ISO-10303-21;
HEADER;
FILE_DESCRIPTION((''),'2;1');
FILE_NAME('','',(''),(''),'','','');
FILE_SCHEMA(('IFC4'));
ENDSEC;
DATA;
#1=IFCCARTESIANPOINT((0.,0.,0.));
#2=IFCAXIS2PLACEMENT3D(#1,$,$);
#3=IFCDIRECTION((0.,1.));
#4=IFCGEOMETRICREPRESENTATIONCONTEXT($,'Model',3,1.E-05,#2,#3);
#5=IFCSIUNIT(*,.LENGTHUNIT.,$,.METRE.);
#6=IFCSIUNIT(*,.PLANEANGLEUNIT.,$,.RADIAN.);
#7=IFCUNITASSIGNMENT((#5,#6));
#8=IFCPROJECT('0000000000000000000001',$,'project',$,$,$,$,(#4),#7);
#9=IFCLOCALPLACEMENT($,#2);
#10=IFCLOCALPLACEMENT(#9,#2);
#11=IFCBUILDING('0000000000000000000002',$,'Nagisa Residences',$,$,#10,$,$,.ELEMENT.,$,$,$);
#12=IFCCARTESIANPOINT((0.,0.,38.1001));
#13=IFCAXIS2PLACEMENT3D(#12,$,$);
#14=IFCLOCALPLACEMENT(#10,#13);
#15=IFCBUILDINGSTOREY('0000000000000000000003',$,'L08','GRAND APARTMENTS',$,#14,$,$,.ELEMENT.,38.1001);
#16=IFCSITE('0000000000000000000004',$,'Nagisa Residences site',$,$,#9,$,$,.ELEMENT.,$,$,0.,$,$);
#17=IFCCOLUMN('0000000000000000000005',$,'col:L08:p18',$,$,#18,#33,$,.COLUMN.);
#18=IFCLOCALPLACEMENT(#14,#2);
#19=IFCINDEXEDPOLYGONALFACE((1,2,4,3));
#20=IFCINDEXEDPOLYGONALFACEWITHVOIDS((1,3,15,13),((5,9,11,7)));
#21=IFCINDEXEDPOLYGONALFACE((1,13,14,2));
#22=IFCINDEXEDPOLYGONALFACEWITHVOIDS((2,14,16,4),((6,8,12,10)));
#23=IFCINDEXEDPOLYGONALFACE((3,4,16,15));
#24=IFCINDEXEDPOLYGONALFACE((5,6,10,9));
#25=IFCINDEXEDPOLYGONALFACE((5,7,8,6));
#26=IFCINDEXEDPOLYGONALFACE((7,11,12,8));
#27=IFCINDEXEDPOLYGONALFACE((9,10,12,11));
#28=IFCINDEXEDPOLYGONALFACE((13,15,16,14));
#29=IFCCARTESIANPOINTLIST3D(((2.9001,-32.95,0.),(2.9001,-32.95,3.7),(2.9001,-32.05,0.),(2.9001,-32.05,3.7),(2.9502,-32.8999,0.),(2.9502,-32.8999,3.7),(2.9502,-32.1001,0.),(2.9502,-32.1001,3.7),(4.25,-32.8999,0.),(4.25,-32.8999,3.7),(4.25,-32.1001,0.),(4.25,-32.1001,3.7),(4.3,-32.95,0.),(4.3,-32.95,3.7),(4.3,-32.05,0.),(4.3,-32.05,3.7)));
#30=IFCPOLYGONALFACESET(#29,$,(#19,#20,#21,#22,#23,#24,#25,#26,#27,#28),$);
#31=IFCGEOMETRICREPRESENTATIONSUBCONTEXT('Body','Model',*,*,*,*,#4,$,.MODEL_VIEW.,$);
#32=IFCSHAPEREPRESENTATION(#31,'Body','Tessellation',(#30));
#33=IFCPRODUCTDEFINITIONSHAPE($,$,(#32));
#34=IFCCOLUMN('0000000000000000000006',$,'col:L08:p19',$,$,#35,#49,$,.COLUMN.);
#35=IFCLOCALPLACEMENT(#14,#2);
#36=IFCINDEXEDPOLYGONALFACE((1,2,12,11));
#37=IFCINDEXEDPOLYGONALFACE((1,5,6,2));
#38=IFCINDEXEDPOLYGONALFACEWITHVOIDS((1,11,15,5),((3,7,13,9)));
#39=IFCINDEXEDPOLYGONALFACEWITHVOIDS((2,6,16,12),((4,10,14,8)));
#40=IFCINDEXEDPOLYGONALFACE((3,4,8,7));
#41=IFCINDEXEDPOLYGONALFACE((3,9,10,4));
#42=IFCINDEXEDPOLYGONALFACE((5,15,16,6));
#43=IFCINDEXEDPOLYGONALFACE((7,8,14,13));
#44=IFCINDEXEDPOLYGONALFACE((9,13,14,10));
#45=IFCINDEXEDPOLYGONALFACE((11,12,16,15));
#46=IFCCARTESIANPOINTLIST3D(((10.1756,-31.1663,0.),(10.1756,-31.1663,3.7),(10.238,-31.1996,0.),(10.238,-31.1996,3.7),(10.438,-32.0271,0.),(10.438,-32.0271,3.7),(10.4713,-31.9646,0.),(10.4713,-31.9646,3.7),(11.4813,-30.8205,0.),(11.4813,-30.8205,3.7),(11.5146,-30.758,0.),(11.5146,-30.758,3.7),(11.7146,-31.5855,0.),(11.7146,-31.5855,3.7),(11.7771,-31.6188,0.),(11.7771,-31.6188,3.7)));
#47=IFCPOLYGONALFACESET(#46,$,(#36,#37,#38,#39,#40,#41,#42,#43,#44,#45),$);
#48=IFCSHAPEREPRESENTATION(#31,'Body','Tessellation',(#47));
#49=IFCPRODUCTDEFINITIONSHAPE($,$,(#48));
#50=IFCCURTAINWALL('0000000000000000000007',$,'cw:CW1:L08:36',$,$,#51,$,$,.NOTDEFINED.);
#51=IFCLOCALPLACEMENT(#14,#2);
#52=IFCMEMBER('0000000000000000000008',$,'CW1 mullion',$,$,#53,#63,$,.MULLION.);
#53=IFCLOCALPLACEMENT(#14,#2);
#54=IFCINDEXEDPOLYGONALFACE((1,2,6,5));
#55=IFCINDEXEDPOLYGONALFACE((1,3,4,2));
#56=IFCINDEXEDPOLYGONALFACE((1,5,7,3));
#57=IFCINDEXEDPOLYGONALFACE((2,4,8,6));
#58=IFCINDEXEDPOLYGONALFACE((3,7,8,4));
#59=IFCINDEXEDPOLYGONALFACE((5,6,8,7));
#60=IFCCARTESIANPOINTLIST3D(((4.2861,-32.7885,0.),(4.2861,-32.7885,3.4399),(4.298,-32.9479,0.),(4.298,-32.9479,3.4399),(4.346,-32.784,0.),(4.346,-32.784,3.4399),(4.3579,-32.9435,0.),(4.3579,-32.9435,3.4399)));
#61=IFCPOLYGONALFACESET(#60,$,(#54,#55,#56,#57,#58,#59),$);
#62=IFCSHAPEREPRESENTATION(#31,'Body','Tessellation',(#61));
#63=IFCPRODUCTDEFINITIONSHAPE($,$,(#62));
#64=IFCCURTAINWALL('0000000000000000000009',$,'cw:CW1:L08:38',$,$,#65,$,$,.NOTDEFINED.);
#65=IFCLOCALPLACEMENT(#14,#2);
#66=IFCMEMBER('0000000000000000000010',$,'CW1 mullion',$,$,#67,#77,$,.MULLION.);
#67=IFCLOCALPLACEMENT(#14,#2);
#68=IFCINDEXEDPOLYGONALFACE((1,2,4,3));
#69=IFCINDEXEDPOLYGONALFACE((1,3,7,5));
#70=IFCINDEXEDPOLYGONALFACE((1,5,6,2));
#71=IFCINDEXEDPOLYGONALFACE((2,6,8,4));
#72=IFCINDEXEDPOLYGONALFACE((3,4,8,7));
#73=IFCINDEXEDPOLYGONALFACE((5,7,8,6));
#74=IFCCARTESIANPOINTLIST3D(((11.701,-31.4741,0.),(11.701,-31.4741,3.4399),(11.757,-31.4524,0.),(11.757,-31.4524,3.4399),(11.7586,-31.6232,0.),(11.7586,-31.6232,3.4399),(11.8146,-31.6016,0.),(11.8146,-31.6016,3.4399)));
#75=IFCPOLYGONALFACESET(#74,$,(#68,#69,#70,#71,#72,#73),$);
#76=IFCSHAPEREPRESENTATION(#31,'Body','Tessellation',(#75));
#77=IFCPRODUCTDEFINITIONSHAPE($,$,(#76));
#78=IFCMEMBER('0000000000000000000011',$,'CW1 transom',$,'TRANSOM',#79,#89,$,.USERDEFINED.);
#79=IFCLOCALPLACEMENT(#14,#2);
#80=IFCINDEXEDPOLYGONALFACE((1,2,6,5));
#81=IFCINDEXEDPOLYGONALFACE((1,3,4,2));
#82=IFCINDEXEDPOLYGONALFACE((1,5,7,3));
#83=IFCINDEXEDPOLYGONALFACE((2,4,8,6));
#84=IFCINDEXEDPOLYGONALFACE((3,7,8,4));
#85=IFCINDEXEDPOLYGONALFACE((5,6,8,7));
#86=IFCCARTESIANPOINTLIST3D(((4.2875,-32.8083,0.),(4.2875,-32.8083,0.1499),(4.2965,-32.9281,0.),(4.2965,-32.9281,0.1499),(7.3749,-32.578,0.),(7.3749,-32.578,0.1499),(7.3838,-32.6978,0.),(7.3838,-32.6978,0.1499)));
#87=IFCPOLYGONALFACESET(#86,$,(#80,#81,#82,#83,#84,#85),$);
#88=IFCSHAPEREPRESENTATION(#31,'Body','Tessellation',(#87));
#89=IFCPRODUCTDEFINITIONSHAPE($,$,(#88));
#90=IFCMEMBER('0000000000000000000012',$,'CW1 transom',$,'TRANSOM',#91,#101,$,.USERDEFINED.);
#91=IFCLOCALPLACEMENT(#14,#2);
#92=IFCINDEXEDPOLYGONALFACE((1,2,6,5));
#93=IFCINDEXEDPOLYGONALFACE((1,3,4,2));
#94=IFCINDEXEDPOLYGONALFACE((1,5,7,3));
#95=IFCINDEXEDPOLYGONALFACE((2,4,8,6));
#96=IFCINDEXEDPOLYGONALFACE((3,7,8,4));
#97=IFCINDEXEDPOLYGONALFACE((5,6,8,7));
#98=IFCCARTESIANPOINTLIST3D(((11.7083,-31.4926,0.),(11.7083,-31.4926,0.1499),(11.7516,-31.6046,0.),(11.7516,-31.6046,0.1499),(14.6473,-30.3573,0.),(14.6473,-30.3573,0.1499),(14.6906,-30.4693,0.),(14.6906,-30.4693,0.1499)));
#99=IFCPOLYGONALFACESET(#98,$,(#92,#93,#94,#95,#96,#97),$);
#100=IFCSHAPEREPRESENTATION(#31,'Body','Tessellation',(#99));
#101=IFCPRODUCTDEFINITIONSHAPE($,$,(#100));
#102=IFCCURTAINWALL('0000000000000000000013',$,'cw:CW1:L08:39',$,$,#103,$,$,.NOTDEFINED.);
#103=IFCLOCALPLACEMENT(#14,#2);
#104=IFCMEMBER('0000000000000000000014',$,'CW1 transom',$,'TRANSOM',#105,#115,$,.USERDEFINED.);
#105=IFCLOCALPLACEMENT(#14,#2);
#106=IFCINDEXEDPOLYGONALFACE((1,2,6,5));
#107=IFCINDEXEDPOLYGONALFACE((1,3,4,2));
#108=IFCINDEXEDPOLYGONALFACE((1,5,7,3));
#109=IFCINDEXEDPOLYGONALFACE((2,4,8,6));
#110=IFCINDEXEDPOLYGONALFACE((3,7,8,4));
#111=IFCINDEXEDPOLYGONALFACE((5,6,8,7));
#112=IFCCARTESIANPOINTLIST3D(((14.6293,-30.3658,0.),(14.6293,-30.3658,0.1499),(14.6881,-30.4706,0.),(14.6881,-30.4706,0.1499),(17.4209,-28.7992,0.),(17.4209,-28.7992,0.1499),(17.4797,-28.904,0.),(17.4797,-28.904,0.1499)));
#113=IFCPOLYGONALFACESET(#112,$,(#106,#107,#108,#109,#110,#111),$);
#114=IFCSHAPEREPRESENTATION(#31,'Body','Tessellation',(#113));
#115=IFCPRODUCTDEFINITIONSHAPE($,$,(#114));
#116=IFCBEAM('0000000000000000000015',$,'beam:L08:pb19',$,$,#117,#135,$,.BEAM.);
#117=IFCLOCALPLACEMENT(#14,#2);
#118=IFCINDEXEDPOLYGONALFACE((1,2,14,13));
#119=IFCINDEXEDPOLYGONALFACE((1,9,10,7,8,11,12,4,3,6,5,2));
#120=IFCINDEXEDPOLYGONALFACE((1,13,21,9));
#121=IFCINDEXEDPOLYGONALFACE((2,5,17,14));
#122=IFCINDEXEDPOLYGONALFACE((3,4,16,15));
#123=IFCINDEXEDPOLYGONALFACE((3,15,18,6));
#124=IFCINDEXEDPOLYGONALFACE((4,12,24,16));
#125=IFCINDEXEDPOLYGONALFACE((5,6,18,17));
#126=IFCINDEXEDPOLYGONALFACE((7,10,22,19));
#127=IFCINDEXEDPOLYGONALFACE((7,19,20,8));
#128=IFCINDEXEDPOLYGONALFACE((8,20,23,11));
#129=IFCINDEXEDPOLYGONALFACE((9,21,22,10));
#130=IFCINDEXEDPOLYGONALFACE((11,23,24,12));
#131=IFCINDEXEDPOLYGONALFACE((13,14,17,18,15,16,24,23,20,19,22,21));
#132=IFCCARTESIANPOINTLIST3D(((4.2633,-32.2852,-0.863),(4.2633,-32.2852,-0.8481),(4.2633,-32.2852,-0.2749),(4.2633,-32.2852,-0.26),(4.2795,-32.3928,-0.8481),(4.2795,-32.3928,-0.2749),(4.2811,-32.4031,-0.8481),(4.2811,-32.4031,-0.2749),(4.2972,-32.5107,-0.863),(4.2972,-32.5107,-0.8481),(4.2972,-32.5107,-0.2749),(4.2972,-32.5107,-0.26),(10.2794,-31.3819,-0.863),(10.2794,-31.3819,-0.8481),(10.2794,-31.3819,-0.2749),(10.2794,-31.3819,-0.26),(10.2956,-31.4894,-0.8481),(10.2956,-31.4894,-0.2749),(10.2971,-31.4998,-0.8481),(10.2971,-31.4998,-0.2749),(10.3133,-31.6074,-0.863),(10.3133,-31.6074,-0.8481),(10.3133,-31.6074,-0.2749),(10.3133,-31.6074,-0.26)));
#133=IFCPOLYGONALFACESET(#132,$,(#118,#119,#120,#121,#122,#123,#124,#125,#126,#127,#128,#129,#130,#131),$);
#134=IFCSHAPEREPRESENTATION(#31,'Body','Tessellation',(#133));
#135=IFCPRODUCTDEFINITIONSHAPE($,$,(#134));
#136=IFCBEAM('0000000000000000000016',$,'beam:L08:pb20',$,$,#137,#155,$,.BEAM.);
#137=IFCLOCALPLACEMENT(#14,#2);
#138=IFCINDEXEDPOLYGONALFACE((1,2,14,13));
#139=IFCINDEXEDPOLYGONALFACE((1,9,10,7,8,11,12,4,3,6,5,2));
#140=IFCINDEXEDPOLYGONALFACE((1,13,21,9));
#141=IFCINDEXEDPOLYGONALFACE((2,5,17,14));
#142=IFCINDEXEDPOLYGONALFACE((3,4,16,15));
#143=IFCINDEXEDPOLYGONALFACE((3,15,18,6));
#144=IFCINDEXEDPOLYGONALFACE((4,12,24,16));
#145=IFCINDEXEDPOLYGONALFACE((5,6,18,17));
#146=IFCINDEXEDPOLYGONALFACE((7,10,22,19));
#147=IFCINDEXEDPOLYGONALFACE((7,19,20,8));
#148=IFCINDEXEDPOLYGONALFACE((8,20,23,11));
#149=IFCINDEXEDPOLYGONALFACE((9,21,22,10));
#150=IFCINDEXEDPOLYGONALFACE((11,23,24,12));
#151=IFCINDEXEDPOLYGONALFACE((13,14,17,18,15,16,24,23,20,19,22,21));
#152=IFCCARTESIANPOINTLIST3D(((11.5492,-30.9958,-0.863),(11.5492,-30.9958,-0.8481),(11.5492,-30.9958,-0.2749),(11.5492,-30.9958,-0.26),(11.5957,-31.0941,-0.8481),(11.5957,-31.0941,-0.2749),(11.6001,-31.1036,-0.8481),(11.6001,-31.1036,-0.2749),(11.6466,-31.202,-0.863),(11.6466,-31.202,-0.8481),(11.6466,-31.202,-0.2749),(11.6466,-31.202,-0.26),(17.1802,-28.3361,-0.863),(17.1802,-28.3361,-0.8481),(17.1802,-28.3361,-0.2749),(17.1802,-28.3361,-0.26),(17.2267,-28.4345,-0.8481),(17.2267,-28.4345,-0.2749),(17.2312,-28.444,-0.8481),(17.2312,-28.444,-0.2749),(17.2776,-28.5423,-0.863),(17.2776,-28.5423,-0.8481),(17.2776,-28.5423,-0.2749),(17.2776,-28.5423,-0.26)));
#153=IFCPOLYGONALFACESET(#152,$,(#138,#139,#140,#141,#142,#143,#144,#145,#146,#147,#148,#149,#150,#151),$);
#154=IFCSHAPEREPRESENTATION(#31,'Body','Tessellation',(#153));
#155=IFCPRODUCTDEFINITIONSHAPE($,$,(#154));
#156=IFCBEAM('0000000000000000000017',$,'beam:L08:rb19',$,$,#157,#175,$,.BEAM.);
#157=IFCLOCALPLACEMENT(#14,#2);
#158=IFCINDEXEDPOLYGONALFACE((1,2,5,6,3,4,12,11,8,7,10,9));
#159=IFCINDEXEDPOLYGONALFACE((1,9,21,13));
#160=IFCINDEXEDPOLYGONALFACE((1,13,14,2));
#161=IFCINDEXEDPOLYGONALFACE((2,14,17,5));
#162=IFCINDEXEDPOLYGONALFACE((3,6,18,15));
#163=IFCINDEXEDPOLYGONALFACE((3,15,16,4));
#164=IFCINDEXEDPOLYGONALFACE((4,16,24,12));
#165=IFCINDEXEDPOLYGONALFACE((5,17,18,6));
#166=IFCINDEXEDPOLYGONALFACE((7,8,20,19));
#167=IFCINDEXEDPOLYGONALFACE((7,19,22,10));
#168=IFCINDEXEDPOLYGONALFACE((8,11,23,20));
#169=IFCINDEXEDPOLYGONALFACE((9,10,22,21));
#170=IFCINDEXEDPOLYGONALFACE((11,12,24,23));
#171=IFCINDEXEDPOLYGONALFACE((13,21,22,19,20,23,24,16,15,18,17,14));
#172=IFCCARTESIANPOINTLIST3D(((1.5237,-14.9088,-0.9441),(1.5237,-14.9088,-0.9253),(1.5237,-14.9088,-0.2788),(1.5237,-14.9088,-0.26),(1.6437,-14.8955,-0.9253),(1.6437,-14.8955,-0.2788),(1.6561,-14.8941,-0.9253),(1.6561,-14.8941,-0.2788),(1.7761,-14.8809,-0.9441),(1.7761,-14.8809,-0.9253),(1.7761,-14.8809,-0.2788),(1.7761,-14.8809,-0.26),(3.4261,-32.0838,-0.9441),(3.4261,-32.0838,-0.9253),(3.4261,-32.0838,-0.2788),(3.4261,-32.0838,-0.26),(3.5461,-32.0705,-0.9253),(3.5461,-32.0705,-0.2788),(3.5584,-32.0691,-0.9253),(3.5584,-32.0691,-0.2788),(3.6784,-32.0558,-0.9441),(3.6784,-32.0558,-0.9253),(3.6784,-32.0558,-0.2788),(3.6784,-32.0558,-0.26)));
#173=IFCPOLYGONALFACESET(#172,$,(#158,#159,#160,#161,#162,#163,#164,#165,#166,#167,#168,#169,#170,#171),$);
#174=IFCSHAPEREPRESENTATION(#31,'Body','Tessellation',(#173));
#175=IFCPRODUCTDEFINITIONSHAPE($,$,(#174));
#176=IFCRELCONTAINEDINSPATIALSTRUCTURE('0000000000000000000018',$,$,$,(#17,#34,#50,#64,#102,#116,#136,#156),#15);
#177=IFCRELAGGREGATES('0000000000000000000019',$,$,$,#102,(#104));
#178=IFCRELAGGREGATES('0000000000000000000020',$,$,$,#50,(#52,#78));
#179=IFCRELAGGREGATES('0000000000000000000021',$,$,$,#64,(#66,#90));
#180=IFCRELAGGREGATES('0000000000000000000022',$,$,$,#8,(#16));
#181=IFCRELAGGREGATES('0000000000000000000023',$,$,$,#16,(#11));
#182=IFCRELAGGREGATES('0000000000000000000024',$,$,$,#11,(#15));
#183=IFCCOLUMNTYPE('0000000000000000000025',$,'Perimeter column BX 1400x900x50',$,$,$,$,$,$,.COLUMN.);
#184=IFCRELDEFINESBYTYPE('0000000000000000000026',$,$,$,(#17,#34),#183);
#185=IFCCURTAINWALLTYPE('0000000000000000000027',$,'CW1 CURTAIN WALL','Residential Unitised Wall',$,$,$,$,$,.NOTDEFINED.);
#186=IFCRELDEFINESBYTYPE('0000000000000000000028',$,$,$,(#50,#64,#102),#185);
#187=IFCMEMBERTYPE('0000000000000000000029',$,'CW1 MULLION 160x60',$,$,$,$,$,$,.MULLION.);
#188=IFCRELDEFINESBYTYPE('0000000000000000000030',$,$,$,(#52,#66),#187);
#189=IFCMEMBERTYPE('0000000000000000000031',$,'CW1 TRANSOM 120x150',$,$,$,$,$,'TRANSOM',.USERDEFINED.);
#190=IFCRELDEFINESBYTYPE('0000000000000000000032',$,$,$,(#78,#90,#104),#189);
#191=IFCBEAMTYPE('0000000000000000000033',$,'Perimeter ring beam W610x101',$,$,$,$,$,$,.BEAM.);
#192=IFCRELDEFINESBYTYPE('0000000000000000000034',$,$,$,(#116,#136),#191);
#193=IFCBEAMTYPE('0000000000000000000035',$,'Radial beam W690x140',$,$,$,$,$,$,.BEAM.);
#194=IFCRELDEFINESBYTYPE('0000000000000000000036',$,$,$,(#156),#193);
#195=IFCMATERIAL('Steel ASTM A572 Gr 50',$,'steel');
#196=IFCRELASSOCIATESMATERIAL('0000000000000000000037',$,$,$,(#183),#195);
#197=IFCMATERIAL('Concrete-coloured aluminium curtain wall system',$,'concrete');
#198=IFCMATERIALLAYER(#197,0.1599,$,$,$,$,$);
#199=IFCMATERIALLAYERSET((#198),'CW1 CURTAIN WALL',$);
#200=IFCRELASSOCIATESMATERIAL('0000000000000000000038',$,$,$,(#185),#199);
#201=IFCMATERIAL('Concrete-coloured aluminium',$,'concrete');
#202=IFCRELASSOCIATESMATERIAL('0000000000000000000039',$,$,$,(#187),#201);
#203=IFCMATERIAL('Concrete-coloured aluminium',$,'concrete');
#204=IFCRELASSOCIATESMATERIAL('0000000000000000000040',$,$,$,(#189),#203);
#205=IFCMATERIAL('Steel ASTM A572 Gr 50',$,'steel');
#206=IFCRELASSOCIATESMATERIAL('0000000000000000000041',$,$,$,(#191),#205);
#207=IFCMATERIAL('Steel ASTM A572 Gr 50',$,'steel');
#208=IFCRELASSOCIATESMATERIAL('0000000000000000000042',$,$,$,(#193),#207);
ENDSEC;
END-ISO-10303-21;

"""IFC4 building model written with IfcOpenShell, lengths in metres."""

from ifc_helpers import new_model, si_unit, direction, frame, origin, origin_2d, place, context, subcontext, project, spatial, rectangle, hollow_rectangle, i_section, extrude, material, layer, layer_set, material_profile, profile_set, type_object, element, aggregate, save


model = new_model("IFC4")

# Units and contexts
model_context = context("Model", 3, precision=1e-05, world=origin(), true_north=direction((0.0, 1.0)))
body_context = subcontext(model_context, "Body", "Model", "MODEL_VIEW")
ifc_project = project(units=[si_unit("LENGTHUNIT", "METRE"), si_unit("PLANEANGLEUNIT", "RADIAN")], contexts=[model_context])

# Site, building, storey
site_placement = place(None, origin())
site = spatial("IfcSite", under=ifc_project, at=site_placement, Name="Nagisa Residences site", CompositionType="ELEMENT", RefElevation=0.0)
building_placement = place(site_placement, origin())
building = spatial("IfcBuilding", under=site, at=building_placement, Name="Nagisa Residences", CompositionType="ELEMENT")
storey_placement = place(building_placement, frame((0.0, 0.0, 38.1001)))
storey = spatial("IfcBuildingStorey", under=building, at=storey_placement, Name="L08", Description="GRAND APARTMENTS", CompositionType="ELEMENT", Elevation=38.1001)

# Columns
ifc_material_1 = material(Name="Steel ASTM A572 Gr 50", Category="steel")
ifc_material_profile_1 = material_profile(ifc_material_1, hollow_rectangle(XDim=1.3999, YDim=0.8999, WallThickness=0.05, at=origin_2d()), Name="BX 1400x900x50")
ifc_profile_set_1 = profile_set([ifc_material_profile_1], Name="Steel ASTM A572 Gr 50")
column_type = type_object("IfcColumnType", Name="Perimeter column BX 1400x900x50", PredefinedType="COLUMN", material=ifc_profile_set_1)
for number, where, z_axis, x_axis, name in (
    (1, (3.6001, -32.5, 0.0), (0.0, 0.0, 1.0), (1.0, 0.0, 0.0), "col:L08:p18"),
    (2, (10.9763, -31.3926, 0.0), (0.0, 0.0, 1.0), (0.956525, 0.291652, 0.0), "col:L08:p19"),
):
    element("IfcColumn", number, at=place(storey_placement, frame(where, z_axis=z_axis, x_axis=x_axis)), inside=storey, type_object=column_type, Name=name, PredefinedType="COLUMN", context=body_context, shape_type="SweptSolid", body=[
        extrude(hollow_rectangle(XDim=1.3999, YDim=0.8999, WallThickness=0.05, at=origin_2d()), origin(), (0.0, 0.0, 1.0), 3.7),
    ])

# Curtain walls, members
ifc_material_2 = material(Name="Concrete-coloured aluminium curtain wall system", Category="concrete")
ifc_layer_1 = layer(ifc_material_2, 0.1599)
ifc_layer_set_1 = layer_set([ifc_layer_1], Name="CW1 CURTAIN WALL")
curtain_wall_type = type_object("IfcCurtainWallType", Name="CW1 CURTAIN WALL", Description="Residential Unitised Wall", PredefinedType="NOTDEFINED", material=ifc_layer_set_1)
curtain_wall_1_placement = place(storey_placement, origin())
curtain_wall_1 = element("IfcCurtainWall", 3, at=curtain_wall_1_placement, inside=storey, type_object=curtain_wall_type, Name="cw:CW1:L08:36", PredefinedType="NOTDEFINED")
ifc_material_3 = material(Name="Concrete-coloured aluminium", Category="concrete")
ifc_material_profile_2 = material_profile(ifc_material_3, rectangle(XDim=0.1599, YDim=0.0601, at=origin_2d()), Name="CW1 MULLION 160x60")
ifc_profile_set_2 = profile_set([ifc_material_profile_2], Name="Concrete-coloured aluminium")
member_type_1 = type_object("IfcMemberType", Name="CW1 MULLION 160x60", PredefinedType="MULLION", material=ifc_profile_set_2)
member_1_placement = place(storey_placement, frame((4.322, -32.866, 0.0), z_axis=(0.0, 0.0, 1.0), x_axis=(-0.074377, 0.99723, 0.0)))
member_1 = element("IfcMember", 4, at=member_1_placement, type_object=member_type_1, Name="CW1 mullion", PredefinedType="MULLION", context=body_context, shape_type="SweptSolid", body=[
    extrude(rectangle(XDim=0.1599, YDim=0.0601, at=origin_2d()), origin(), (0.0, 0.0, 1.0), 3.4399),
])
curtain_wall_2_placement = place(storey_placement, origin())
curtain_wall_2 = element("IfcCurtainWall", 5, at=curtain_wall_2_placement, inside=storey, type_object=curtain_wall_type, Name="cw:CW1:L08:38", PredefinedType="NOTDEFINED")
member_2_placement = place(storey_placement, frame((11.7578, -31.5378, 0.0), z_axis=(0.0, 0.0, 1.0), x_axis=(-0.360328, 0.932826, 0.0)))
member_2 = element("IfcMember", 6, at=member_2_placement, type_object=member_type_1, Name="CW1 mullion", PredefinedType="MULLION", context=body_context, shape_type="SweptSolid", body=[
    extrude(rectangle(XDim=0.1599, YDim=0.0601, at=origin_2d()), origin(), (0.0, 0.0, 1.0), 3.4399),
])

# Members
ifc_material_4 = material(Name="Concrete-coloured aluminium", Category="concrete")
ifc_material_profile_3 = material_profile(ifc_material_4, rectangle(XDim=0.1201, YDim=0.1499, at=origin_2d()), Name="CW1 TRANSOM 120x150")
ifc_profile_set_3 = profile_set([ifc_material_profile_3], Name="Concrete-coloured aluminium")
member_type_2 = type_object("IfcMemberType", Name="CW1 TRANSOM 120x150", ElementType="TRANSOM", PredefinedType="USERDEFINED", material=ifc_profile_set_3)
member_3_placement = place(storey_placement, frame((4.292, -32.8682, 0.075), z_axis=(0.997231, 0.074363, 0.0), x_axis=(-0.074363, 0.997231, 0.0)))
member_3 = element("IfcMember", 7, at=member_3_placement, type_object=member_type_2, Name="CW1 transom", ObjectType="TRANSOM", PredefinedType="USERDEFINED", context=body_context, shape_type="SweptSolid", body=[
    extrude(rectangle(XDim=0.1201, YDim=0.1499, at=origin_2d()), origin(), (0.0, 0.0, 1.0), 3.0959),
])
member_4_placement = place(storey_placement, frame((11.73, -31.5486, 0.075), z_axis=(0.932825, 0.360329, 0.0), x_axis=(-0.360329, 0.932825, 0.0)))
member_4 = element("IfcMember", 8, at=member_4_placement, type_object=member_type_2, Name="CW1 transom", ObjectType="TRANSOM", PredefinedType="USERDEFINED", context=body_context, shape_type="SweptSolid", body=[
    extrude(rectangle(XDim=0.1201, YDim=0.1499, at=origin_2d()), origin(), (0.0, 0.0, 1.0), 3.1506),
])

# Curtain wall, member
curtain_wall_3_placement = place(storey_placement, origin())
curtain_wall_3 = element("IfcCurtainWall", 9, at=curtain_wall_3_placement, inside=storey, type_object=curtain_wall_type, Name="cw:CW1:L08:39", PredefinedType="NOTDEFINED")
member_5_placement = place(storey_placement, frame((14.6587, -30.4182, 0.075), z_axis=(0.87207, 0.489381, 0.0), x_axis=(-0.489381, 0.87207, 0.0)))
member_5 = element("IfcMember", 10, at=member_5_placement, type_object=member_type_2, Name="CW1 transom", ObjectType="TRANSOM", PredefinedType="USERDEFINED", context=body_context, shape_type="SweptSolid", body=[
    extrude(rectangle(XDim=0.1201, YDim=0.1499, at=origin_2d()), origin(), (0.0, 0.0, 1.0), 3.2012),
])
aggregate(curtain_wall_3, [member_5])

# Beams
ifc_material_5 = material(Name="Steel ASTM A572 Gr 50", Category="steel")
ifc_material_profile_4 = material_profile(ifc_material_5, i_section(OverallWidth=0.228, OverallDepth=0.603, WebThickness=0.0105, FlangeThickness=0.0149, at=origin_2d()), Name="W610x101")
ifc_profile_set_4 = profile_set([ifc_material_profile_4], Name="Steel ASTM A572 Gr 50")
beam_type_1 = type_object("IfcBeamType", Name="Perimeter ring beam W610x101", PredefinedType="BEAM", material=ifc_profile_set_4)
beam_1_placement = place(storey_placement, frame((4.2803, -32.3979, -0.5615), z_axis=(0.988915, 0.148486, 0.0), x_axis=(-0.148486, 0.988915, 0.0)))
element("IfcBeam", 11, at=beam_1_placement, inside=storey, type_object=beam_type_1, Name="beam:L08:pb19", PredefinedType="BEAM", context=body_context, shape_type="SweptSolid", body=[
    extrude(i_section(OverallWidth=0.228, OverallDepth=0.603, WebThickness=0.0105, FlangeThickness=0.0149, at=origin_2d()), origin(), (0.0, 0.0, 1.0), 6.0835),
])
beam_2_placement = place(storey_placement, frame((11.5979, -31.0989, -0.5615), z_axis=(0.904215, 0.427077, 0.0), x_axis=(-0.427077, 0.904215, 0.0)))
element("IfcBeam", 12, at=beam_2_placement, inside=storey, type_object=beam_type_1, Name="beam:L08:pb20", PredefinedType="BEAM", context=body_context, shape_type="SweptSolid", body=[
    extrude(i_section(OverallWidth=0.228, OverallDepth=0.603, WebThickness=0.0105, FlangeThickness=0.0149, at=origin_2d()), origin(), (0.0, 0.0, 1.0), 6.2275),
])
ifc_material_6 = material(Name="Steel ASTM A572 Gr 50", Category="steel")
ifc_material_profile_5 = material_profile(ifc_material_6, i_section(OverallWidth=0.2539, OverallDepth=0.6841, WebThickness=0.0125, FlangeThickness=0.0188, at=origin_2d()), Name="W690x140")
ifc_profile_set_5 = profile_set([ifc_material_profile_5], Name="Steel ASTM A572 Gr 50")
beam_type_2 = type_object("IfcBeamType", Name="Radial beam W690x140", PredefinedType="BEAM", material=ifc_profile_set_5)
beam_3_placement = place(storey_placement, frame((3.5522, -32.0698, -0.6021), z_axis=(-0.110089, 0.993922, 0.0), x_axis=(-0.993922, -0.110089, 0.0)))
element("IfcBeam", 13, at=beam_3_placement, inside=storey, type_object=beam_type_2, Name="beam:L08:rb19", PredefinedType="BEAM", context=body_context, shape_type="SweptSolid", body=[
    extrude(i_section(OverallWidth=0.2539, OverallDepth=0.6841, WebThickness=0.0125, FlangeThickness=0.0188, at=origin_2d()), origin(), (0.0, 0.0, 1.0), 17.28),
])

aggregate(curtain_wall_1, [member_1, member_3])
aggregate(curtain_wall_2, [member_2, member_4])

save(model, "model.ifc")
